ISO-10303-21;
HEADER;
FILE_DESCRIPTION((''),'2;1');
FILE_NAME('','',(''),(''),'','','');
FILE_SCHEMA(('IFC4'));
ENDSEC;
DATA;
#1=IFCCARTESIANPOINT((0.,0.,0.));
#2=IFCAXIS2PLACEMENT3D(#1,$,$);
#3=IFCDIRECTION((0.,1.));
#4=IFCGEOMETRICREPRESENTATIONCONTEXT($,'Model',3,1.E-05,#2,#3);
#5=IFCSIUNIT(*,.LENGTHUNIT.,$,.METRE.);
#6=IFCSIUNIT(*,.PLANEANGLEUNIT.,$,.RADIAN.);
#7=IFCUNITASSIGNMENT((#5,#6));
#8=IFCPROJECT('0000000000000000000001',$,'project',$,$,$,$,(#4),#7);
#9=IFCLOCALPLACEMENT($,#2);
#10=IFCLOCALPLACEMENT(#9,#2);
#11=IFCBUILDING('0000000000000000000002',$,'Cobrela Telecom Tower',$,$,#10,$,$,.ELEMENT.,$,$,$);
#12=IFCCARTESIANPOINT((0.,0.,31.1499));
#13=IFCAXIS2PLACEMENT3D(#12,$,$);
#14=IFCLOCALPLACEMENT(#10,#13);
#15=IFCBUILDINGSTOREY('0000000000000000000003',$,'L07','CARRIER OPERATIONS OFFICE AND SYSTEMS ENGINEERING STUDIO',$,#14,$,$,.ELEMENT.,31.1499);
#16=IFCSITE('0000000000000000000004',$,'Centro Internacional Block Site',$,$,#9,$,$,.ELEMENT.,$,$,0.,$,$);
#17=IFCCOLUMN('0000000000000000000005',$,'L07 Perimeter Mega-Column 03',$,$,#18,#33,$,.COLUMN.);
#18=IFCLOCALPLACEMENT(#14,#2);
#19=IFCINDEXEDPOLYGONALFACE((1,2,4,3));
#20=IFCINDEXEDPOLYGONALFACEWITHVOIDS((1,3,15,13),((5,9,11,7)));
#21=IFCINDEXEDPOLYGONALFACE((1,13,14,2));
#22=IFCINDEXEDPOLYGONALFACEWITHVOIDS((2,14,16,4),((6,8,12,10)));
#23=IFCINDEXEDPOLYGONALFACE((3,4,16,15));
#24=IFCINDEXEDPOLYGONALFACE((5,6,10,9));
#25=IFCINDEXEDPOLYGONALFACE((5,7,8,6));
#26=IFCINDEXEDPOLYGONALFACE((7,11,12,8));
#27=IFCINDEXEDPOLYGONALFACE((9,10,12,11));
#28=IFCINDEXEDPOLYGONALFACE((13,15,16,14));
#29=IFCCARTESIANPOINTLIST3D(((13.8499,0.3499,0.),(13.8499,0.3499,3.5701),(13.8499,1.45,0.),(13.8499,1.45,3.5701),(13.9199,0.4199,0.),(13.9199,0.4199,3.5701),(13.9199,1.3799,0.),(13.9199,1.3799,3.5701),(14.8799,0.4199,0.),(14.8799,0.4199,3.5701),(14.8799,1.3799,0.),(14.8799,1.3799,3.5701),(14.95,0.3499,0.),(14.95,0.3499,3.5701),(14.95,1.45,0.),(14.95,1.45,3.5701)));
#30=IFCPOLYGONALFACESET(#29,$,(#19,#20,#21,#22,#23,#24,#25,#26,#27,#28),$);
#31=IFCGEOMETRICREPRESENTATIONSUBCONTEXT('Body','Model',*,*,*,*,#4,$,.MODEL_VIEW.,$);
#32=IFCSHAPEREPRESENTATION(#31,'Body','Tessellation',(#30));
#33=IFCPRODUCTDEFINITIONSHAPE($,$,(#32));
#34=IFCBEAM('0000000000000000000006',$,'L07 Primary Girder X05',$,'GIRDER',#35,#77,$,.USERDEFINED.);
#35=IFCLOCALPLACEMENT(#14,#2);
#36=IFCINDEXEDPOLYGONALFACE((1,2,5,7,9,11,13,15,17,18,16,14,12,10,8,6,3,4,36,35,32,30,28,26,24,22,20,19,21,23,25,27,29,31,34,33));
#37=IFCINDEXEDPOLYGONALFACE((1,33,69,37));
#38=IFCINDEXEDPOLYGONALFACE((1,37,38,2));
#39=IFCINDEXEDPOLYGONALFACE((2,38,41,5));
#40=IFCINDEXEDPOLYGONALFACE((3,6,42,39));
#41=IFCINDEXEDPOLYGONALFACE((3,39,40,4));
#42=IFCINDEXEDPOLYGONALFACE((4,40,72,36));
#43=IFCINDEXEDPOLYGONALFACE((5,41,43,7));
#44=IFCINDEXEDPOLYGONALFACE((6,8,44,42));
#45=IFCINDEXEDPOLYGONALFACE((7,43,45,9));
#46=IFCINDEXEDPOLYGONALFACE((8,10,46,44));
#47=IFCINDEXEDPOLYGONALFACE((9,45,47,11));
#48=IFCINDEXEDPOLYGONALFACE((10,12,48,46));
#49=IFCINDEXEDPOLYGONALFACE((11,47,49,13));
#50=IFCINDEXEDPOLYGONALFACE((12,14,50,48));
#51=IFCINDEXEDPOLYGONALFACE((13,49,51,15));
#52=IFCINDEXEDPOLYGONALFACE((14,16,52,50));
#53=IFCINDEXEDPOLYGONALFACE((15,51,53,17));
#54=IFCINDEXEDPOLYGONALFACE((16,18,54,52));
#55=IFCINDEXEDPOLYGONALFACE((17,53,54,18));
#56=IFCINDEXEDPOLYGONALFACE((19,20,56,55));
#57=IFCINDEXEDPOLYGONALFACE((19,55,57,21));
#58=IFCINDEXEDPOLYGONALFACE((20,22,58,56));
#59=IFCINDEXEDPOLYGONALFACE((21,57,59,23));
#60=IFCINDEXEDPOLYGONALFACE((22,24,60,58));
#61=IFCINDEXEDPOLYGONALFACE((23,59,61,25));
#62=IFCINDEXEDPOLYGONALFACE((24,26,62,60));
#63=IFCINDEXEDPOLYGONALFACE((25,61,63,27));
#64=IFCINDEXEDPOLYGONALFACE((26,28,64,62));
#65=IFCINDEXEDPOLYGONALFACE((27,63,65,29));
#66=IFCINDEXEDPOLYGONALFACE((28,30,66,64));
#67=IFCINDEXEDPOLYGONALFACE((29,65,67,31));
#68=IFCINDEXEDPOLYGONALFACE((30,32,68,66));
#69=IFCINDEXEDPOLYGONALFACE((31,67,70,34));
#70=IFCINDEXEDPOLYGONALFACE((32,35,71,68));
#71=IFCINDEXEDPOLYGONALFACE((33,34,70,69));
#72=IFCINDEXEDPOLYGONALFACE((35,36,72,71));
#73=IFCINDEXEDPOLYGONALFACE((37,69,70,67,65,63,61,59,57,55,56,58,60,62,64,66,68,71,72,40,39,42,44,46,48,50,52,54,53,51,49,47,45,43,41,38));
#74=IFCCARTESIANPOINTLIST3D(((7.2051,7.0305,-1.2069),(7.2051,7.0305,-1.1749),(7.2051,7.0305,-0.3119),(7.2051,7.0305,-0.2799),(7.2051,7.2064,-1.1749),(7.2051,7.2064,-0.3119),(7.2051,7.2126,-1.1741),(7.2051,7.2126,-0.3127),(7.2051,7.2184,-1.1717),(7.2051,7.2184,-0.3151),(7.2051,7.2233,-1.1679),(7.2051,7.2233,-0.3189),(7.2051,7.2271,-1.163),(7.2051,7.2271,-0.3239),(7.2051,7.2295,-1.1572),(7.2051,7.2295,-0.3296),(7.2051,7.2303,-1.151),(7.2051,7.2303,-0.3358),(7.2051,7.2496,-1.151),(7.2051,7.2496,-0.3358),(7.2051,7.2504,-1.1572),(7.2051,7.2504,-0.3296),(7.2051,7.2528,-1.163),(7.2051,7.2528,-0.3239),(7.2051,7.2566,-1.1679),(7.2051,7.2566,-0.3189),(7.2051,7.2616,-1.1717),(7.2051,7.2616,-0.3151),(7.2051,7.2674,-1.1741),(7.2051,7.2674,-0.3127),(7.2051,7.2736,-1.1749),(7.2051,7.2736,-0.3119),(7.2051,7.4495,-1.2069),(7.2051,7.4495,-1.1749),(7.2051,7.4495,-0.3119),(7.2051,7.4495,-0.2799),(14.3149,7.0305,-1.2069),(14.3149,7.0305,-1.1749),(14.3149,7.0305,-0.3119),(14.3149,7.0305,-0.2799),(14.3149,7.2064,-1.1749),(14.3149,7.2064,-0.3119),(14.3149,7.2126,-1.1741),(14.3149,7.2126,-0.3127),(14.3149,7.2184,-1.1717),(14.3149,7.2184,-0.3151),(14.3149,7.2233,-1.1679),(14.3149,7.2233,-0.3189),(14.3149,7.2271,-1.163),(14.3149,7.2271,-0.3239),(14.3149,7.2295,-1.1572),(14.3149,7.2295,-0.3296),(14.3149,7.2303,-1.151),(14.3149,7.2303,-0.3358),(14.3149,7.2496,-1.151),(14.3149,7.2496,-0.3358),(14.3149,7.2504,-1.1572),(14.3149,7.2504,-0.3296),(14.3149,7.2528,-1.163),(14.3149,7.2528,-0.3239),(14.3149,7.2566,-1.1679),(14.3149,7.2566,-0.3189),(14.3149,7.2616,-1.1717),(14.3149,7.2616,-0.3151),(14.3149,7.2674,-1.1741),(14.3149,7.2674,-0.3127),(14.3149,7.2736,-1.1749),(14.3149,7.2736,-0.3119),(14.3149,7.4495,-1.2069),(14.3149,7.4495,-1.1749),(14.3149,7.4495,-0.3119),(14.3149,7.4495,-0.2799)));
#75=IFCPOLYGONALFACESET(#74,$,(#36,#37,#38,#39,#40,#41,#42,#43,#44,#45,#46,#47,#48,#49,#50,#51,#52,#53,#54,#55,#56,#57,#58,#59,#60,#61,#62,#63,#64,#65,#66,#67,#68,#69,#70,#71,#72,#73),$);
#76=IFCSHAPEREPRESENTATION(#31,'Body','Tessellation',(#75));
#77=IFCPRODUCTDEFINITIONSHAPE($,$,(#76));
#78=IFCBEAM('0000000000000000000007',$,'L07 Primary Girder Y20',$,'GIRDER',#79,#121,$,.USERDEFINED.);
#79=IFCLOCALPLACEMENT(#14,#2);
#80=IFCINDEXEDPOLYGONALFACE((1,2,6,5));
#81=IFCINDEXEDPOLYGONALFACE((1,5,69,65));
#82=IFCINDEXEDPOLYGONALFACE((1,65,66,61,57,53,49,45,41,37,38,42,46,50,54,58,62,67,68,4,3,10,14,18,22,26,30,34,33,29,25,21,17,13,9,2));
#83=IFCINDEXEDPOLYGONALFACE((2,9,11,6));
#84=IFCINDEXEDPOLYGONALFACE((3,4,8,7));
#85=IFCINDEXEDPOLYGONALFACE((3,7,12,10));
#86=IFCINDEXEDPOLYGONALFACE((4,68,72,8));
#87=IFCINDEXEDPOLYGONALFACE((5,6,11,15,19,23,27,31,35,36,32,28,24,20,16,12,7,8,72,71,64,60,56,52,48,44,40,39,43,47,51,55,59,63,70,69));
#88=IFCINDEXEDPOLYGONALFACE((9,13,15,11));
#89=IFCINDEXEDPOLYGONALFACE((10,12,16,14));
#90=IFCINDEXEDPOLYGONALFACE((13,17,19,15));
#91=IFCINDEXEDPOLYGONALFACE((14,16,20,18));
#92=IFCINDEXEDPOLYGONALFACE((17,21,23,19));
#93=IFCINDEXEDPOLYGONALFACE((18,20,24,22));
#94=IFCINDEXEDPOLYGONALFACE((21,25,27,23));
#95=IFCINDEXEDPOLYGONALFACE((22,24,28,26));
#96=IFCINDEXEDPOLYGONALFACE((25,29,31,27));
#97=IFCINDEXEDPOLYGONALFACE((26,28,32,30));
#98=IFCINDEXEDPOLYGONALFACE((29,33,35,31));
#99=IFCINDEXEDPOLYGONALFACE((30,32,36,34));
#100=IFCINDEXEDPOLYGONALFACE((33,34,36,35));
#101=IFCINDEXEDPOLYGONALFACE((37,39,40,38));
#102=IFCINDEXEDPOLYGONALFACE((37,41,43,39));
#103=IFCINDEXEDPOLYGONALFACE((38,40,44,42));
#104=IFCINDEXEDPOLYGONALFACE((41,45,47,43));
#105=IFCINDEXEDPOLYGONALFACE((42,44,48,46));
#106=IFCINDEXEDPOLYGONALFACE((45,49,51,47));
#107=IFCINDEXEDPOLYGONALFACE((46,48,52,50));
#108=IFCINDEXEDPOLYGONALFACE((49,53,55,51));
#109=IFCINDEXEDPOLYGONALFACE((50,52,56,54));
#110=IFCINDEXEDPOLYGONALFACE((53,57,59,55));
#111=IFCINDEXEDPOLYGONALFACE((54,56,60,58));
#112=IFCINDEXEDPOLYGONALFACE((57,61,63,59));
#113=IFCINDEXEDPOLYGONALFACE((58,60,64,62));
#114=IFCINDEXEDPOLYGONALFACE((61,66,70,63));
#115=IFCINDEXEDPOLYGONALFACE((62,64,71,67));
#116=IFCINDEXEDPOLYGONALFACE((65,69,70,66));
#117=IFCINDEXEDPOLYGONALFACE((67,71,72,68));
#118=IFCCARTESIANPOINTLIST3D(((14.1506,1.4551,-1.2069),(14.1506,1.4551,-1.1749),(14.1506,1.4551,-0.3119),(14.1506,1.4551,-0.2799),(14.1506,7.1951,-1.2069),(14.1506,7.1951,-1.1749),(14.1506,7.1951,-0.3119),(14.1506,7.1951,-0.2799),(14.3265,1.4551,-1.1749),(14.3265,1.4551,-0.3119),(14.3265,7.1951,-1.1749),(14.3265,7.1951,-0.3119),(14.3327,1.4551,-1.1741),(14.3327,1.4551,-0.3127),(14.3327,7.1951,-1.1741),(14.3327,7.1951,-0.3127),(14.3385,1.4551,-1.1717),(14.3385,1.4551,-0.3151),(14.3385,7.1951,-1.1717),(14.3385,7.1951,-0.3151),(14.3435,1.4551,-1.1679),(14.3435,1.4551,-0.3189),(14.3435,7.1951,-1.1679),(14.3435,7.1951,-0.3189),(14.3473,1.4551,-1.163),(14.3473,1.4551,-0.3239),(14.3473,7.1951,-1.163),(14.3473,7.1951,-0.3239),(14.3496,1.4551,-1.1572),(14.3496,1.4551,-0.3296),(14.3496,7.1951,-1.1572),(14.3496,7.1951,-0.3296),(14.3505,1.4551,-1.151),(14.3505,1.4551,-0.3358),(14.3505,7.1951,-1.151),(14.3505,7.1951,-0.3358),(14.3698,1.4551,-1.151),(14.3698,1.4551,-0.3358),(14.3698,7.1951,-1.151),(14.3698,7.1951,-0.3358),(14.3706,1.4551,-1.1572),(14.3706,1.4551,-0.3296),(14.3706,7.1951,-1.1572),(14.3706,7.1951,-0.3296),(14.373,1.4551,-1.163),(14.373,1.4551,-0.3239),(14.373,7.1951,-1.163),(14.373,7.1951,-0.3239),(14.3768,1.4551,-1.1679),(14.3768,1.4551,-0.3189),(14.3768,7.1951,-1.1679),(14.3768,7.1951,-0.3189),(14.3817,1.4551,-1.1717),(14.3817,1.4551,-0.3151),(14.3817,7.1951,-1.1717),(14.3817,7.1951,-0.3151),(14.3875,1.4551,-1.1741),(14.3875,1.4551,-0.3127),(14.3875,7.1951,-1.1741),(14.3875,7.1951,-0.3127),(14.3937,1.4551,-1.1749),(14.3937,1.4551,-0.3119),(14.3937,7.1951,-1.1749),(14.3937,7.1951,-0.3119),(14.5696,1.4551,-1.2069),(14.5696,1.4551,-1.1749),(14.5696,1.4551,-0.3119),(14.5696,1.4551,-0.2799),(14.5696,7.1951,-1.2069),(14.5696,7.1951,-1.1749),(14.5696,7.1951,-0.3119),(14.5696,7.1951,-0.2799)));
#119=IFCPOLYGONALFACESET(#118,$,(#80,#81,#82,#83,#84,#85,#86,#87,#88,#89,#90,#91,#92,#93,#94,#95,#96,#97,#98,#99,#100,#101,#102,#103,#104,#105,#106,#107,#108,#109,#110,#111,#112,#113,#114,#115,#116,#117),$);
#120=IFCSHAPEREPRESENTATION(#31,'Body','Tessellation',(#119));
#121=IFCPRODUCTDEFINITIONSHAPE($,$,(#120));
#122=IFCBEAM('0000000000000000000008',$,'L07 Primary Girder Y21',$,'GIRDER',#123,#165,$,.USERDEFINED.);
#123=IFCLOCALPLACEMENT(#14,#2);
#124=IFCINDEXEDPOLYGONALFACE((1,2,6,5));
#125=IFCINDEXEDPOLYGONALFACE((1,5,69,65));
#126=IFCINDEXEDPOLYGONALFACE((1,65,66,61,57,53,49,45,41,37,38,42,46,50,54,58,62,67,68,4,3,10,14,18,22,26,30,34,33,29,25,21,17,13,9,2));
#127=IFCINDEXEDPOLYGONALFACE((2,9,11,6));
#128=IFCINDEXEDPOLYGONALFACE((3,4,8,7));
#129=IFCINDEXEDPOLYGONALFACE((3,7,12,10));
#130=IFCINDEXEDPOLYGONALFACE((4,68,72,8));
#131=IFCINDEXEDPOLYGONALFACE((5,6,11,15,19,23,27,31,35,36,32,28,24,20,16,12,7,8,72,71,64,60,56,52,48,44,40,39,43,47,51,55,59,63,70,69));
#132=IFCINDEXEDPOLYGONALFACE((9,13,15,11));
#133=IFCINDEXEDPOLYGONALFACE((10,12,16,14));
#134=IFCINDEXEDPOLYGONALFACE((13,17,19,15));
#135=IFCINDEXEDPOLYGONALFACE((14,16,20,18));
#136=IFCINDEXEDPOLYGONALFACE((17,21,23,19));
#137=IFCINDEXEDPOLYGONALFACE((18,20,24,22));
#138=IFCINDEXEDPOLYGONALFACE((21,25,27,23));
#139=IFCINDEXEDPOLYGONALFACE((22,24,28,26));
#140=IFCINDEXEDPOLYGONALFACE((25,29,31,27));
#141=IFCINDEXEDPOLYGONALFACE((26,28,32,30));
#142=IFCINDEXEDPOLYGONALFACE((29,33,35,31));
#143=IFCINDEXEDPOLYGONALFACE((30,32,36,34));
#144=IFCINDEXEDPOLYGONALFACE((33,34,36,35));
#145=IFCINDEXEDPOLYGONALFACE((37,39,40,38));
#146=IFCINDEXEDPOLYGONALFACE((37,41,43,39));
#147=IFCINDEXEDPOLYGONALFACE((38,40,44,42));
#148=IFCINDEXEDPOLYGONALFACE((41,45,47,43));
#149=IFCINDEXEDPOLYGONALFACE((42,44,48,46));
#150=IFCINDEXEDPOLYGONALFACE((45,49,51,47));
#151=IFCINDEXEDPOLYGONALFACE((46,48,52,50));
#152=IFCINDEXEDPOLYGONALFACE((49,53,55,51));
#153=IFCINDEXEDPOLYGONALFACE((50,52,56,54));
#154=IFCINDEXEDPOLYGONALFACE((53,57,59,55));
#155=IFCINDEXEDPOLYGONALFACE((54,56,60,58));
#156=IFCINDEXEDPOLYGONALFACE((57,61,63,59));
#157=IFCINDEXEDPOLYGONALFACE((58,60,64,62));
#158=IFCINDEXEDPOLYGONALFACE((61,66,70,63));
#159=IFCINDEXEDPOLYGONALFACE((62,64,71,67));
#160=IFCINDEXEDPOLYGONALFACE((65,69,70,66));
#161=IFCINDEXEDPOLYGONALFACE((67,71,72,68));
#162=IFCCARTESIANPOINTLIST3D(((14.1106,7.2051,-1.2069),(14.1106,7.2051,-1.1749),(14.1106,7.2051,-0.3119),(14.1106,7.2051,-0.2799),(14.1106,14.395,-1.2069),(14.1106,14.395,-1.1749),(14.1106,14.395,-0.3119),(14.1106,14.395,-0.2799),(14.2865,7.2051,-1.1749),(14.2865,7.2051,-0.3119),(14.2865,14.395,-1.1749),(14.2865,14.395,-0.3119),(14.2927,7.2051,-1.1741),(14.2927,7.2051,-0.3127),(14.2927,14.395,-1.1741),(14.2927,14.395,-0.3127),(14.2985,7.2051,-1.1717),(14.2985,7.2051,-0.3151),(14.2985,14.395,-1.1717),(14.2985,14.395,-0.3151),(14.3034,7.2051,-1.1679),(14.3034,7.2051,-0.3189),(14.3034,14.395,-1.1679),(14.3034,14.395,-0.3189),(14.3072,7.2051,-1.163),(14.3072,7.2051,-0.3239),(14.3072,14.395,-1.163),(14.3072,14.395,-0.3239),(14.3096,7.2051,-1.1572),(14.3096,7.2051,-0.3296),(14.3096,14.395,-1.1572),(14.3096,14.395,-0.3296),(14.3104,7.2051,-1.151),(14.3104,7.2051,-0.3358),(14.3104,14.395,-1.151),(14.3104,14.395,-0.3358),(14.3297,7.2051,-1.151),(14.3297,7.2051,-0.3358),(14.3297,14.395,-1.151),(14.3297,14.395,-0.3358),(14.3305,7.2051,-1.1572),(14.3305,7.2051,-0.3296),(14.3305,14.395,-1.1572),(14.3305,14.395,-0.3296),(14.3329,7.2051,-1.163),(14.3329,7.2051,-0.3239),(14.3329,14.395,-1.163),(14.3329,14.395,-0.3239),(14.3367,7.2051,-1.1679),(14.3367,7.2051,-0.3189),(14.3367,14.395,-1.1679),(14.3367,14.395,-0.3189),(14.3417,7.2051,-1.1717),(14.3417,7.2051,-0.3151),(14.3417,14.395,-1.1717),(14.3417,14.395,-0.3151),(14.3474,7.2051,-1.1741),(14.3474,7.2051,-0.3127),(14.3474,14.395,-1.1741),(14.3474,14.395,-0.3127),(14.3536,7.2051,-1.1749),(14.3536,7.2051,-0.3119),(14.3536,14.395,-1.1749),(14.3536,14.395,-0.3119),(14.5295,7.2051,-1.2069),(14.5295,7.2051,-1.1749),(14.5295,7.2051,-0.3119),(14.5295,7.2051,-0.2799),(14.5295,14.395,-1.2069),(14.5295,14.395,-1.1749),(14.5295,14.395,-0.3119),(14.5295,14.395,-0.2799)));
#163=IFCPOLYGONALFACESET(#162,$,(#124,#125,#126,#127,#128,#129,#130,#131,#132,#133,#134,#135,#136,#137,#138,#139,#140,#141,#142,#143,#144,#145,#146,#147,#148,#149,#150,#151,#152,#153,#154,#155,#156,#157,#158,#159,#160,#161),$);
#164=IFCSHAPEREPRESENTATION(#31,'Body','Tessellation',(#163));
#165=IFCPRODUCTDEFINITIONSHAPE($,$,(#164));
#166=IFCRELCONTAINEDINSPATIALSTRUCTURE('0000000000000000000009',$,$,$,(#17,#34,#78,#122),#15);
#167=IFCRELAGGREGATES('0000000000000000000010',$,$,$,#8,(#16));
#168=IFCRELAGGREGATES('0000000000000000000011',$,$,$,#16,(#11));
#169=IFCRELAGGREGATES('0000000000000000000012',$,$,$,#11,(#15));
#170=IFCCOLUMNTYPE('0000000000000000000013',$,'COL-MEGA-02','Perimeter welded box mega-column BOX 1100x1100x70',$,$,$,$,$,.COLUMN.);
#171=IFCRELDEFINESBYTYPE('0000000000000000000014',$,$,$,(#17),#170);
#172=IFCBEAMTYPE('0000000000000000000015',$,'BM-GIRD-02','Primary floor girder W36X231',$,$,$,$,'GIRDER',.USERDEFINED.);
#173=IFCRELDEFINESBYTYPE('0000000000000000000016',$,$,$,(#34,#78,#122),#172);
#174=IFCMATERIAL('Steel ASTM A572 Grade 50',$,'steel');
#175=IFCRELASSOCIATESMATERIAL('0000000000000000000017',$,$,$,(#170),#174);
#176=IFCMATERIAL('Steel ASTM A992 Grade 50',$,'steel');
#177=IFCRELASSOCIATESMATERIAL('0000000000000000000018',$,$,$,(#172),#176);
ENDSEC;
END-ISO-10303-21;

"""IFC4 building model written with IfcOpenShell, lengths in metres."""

from ifc_helpers import new_model, si_unit, direction, frame, origin, origin_2d, place, context, subcontext, project, spatial, hollow_rectangle, i_section, extrude, material, material_profile, profile_set, type_object, element, save


model = new_model("IFC4")

# Units and contexts
model_context = context("Model", 3, precision=1e-05, world=origin(), true_north=direction((0.0, 1.0)))
body_context = subcontext(model_context, "Body", "Model", "MODEL_VIEW")
ifc_project = project(units=[si_unit("LENGTHUNIT", "METRE"), si_unit("PLANEANGLEUNIT", "RADIAN")], contexts=[model_context])

# Site, building, storey
site_placement = place(None, origin())
site = spatial("IfcSite", under=ifc_project, at=site_placement, Name="Centro Internacional Block Site", CompositionType="ELEMENT", RefElevation=0.0)
building_placement = place(site_placement, origin())
building = spatial("IfcBuilding", under=site, at=building_placement, Name="Cobrela Telecom Tower", CompositionType="ELEMENT")
storey_placement = place(building_placement, frame((0.0, 0.0, 31.1499)))
storey = spatial("IfcBuildingStorey", under=building, at=storey_placement, Name="L07", Description="CARRIER OPERATIONS OFFICE AND SYSTEMS ENGINEERING STUDIO", CompositionType="ELEMENT", Elevation=31.1499)

# Column
ifc_material_1 = material(Name="Steel ASTM A572 Grade 50", Category="steel")
ifc_material_profile_1 = material_profile(ifc_material_1, hollow_rectangle(XDim=1.1001, YDim=1.1001, WallThickness=0.0701, at=origin_2d()), Name="BOX 1100x1100x70")
ifc_profile_set_1 = profile_set([ifc_material_profile_1], Name="Steel ASTM A572 Grade 50")
column_type = type_object("IfcColumnType", Name="COL-MEGA-02", Description="Perimeter welded box mega-column BOX 1100x1100x70", PredefinedType="COLUMN", material=ifc_profile_set_1)
column_placement = place(storey_placement, frame((14.3999, 0.8999, 0.0), z_axis=(0.0, 0.0, 1.0), x_axis=(1.0, 0.0, 0.0)))
element("IfcColumn", 1, at=column_placement, inside=storey, type_object=column_type, Name="L07 Perimeter Mega-Column 03", PredefinedType="COLUMN", context=body_context, shape_type="SweptSolid", body=[
    extrude(hollow_rectangle(XDim=1.1001, YDim=1.1001, WallThickness=0.0701, at=origin_2d()), origin(), (0.0, 0.0, 1.0), 3.5701),
])

# Beams
ifc_material_2 = material(Name="Steel ASTM A992 Grade 50", Category="steel")
ifc_material_profile_2 = material_profile(ifc_material_2, i_section(OverallWidth=0.4189, OverallDepth=0.927, WebThickness=0.0193, FlangeThickness=0.032, FilletRadius=0.0239, at=origin_2d()), Name="W36X231")
ifc_profile_set_2 = profile_set([ifc_material_profile_2], Name="Steel ASTM A992 Grade 50")
beam_type_1 = type_object("IfcBeamType", Name="BM-GIRD-02", Description="Primary floor girder W36X231", ElementType="GIRDER", PredefinedType="USERDEFINED", material=ifc_profile_set_2)
beam_1_placement = place(storey_placement, frame((7.2051, 7.24, -0.7434), z_axis=(1.0, 0.0, 0.0), x_axis=(0.0, 1.0, 0.0)))
element("IfcBeam", 2, at=beam_1_placement, inside=storey, type_object=beam_type_1, Name="L07 Primary Girder X05", ObjectType="GIRDER", PredefinedType="USERDEFINED", context=body_context, shape_type="SweptSolid", body=[
    extrude(i_section(OverallWidth=0.4189, OverallDepth=0.927, WebThickness=0.0193, FlangeThickness=0.032, FilletRadius=0.0239, at=origin_2d()), origin(), (0.0, 0.0, 1.0), 7.1099),
])
beam_2_placement = place(storey_placement, frame((14.3601, 1.4551, -0.7434), z_axis=(0.0, 1.0, 0.0), x_axis=(-1.0, 0.0, 0.0)))
element("IfcBeam", 3, at=beam_2_placement, inside=storey, type_object=beam_type_1, Name="L07 Primary Girder Y20", ObjectType="GIRDER", PredefinedType="USERDEFINED", context=body_context, shape_type="SweptSolid", body=[
    extrude(i_section(OverallWidth=0.4189, OverallDepth=0.927, WebThickness=0.0193, FlangeThickness=0.032, FilletRadius=0.0239, at=origin_2d()), origin(), (0.0, 0.0, 1.0), 5.74),
])
beam_3_placement = place(storey_placement, frame((14.3201, 7.2051, -0.7434), z_axis=(0.0, 1.0, 0.0), x_axis=(-1.0, 0.0, 0.0)))
element("IfcBeam", 4, at=beam_3_placement, inside=storey, type_object=beam_type_1, Name="L07 Primary Girder Y21", ObjectType="GIRDER", PredefinedType="USERDEFINED", context=body_context, shape_type="SweptSolid", body=[
    extrude(i_section(OverallWidth=0.4189, OverallDepth=0.927, WebThickness=0.0193, FlangeThickness=0.032, FilletRadius=0.0239, at=origin_2d()), origin(), (0.0, 0.0, 1.0), 7.1899),
])

save(model, "model.ifc")
